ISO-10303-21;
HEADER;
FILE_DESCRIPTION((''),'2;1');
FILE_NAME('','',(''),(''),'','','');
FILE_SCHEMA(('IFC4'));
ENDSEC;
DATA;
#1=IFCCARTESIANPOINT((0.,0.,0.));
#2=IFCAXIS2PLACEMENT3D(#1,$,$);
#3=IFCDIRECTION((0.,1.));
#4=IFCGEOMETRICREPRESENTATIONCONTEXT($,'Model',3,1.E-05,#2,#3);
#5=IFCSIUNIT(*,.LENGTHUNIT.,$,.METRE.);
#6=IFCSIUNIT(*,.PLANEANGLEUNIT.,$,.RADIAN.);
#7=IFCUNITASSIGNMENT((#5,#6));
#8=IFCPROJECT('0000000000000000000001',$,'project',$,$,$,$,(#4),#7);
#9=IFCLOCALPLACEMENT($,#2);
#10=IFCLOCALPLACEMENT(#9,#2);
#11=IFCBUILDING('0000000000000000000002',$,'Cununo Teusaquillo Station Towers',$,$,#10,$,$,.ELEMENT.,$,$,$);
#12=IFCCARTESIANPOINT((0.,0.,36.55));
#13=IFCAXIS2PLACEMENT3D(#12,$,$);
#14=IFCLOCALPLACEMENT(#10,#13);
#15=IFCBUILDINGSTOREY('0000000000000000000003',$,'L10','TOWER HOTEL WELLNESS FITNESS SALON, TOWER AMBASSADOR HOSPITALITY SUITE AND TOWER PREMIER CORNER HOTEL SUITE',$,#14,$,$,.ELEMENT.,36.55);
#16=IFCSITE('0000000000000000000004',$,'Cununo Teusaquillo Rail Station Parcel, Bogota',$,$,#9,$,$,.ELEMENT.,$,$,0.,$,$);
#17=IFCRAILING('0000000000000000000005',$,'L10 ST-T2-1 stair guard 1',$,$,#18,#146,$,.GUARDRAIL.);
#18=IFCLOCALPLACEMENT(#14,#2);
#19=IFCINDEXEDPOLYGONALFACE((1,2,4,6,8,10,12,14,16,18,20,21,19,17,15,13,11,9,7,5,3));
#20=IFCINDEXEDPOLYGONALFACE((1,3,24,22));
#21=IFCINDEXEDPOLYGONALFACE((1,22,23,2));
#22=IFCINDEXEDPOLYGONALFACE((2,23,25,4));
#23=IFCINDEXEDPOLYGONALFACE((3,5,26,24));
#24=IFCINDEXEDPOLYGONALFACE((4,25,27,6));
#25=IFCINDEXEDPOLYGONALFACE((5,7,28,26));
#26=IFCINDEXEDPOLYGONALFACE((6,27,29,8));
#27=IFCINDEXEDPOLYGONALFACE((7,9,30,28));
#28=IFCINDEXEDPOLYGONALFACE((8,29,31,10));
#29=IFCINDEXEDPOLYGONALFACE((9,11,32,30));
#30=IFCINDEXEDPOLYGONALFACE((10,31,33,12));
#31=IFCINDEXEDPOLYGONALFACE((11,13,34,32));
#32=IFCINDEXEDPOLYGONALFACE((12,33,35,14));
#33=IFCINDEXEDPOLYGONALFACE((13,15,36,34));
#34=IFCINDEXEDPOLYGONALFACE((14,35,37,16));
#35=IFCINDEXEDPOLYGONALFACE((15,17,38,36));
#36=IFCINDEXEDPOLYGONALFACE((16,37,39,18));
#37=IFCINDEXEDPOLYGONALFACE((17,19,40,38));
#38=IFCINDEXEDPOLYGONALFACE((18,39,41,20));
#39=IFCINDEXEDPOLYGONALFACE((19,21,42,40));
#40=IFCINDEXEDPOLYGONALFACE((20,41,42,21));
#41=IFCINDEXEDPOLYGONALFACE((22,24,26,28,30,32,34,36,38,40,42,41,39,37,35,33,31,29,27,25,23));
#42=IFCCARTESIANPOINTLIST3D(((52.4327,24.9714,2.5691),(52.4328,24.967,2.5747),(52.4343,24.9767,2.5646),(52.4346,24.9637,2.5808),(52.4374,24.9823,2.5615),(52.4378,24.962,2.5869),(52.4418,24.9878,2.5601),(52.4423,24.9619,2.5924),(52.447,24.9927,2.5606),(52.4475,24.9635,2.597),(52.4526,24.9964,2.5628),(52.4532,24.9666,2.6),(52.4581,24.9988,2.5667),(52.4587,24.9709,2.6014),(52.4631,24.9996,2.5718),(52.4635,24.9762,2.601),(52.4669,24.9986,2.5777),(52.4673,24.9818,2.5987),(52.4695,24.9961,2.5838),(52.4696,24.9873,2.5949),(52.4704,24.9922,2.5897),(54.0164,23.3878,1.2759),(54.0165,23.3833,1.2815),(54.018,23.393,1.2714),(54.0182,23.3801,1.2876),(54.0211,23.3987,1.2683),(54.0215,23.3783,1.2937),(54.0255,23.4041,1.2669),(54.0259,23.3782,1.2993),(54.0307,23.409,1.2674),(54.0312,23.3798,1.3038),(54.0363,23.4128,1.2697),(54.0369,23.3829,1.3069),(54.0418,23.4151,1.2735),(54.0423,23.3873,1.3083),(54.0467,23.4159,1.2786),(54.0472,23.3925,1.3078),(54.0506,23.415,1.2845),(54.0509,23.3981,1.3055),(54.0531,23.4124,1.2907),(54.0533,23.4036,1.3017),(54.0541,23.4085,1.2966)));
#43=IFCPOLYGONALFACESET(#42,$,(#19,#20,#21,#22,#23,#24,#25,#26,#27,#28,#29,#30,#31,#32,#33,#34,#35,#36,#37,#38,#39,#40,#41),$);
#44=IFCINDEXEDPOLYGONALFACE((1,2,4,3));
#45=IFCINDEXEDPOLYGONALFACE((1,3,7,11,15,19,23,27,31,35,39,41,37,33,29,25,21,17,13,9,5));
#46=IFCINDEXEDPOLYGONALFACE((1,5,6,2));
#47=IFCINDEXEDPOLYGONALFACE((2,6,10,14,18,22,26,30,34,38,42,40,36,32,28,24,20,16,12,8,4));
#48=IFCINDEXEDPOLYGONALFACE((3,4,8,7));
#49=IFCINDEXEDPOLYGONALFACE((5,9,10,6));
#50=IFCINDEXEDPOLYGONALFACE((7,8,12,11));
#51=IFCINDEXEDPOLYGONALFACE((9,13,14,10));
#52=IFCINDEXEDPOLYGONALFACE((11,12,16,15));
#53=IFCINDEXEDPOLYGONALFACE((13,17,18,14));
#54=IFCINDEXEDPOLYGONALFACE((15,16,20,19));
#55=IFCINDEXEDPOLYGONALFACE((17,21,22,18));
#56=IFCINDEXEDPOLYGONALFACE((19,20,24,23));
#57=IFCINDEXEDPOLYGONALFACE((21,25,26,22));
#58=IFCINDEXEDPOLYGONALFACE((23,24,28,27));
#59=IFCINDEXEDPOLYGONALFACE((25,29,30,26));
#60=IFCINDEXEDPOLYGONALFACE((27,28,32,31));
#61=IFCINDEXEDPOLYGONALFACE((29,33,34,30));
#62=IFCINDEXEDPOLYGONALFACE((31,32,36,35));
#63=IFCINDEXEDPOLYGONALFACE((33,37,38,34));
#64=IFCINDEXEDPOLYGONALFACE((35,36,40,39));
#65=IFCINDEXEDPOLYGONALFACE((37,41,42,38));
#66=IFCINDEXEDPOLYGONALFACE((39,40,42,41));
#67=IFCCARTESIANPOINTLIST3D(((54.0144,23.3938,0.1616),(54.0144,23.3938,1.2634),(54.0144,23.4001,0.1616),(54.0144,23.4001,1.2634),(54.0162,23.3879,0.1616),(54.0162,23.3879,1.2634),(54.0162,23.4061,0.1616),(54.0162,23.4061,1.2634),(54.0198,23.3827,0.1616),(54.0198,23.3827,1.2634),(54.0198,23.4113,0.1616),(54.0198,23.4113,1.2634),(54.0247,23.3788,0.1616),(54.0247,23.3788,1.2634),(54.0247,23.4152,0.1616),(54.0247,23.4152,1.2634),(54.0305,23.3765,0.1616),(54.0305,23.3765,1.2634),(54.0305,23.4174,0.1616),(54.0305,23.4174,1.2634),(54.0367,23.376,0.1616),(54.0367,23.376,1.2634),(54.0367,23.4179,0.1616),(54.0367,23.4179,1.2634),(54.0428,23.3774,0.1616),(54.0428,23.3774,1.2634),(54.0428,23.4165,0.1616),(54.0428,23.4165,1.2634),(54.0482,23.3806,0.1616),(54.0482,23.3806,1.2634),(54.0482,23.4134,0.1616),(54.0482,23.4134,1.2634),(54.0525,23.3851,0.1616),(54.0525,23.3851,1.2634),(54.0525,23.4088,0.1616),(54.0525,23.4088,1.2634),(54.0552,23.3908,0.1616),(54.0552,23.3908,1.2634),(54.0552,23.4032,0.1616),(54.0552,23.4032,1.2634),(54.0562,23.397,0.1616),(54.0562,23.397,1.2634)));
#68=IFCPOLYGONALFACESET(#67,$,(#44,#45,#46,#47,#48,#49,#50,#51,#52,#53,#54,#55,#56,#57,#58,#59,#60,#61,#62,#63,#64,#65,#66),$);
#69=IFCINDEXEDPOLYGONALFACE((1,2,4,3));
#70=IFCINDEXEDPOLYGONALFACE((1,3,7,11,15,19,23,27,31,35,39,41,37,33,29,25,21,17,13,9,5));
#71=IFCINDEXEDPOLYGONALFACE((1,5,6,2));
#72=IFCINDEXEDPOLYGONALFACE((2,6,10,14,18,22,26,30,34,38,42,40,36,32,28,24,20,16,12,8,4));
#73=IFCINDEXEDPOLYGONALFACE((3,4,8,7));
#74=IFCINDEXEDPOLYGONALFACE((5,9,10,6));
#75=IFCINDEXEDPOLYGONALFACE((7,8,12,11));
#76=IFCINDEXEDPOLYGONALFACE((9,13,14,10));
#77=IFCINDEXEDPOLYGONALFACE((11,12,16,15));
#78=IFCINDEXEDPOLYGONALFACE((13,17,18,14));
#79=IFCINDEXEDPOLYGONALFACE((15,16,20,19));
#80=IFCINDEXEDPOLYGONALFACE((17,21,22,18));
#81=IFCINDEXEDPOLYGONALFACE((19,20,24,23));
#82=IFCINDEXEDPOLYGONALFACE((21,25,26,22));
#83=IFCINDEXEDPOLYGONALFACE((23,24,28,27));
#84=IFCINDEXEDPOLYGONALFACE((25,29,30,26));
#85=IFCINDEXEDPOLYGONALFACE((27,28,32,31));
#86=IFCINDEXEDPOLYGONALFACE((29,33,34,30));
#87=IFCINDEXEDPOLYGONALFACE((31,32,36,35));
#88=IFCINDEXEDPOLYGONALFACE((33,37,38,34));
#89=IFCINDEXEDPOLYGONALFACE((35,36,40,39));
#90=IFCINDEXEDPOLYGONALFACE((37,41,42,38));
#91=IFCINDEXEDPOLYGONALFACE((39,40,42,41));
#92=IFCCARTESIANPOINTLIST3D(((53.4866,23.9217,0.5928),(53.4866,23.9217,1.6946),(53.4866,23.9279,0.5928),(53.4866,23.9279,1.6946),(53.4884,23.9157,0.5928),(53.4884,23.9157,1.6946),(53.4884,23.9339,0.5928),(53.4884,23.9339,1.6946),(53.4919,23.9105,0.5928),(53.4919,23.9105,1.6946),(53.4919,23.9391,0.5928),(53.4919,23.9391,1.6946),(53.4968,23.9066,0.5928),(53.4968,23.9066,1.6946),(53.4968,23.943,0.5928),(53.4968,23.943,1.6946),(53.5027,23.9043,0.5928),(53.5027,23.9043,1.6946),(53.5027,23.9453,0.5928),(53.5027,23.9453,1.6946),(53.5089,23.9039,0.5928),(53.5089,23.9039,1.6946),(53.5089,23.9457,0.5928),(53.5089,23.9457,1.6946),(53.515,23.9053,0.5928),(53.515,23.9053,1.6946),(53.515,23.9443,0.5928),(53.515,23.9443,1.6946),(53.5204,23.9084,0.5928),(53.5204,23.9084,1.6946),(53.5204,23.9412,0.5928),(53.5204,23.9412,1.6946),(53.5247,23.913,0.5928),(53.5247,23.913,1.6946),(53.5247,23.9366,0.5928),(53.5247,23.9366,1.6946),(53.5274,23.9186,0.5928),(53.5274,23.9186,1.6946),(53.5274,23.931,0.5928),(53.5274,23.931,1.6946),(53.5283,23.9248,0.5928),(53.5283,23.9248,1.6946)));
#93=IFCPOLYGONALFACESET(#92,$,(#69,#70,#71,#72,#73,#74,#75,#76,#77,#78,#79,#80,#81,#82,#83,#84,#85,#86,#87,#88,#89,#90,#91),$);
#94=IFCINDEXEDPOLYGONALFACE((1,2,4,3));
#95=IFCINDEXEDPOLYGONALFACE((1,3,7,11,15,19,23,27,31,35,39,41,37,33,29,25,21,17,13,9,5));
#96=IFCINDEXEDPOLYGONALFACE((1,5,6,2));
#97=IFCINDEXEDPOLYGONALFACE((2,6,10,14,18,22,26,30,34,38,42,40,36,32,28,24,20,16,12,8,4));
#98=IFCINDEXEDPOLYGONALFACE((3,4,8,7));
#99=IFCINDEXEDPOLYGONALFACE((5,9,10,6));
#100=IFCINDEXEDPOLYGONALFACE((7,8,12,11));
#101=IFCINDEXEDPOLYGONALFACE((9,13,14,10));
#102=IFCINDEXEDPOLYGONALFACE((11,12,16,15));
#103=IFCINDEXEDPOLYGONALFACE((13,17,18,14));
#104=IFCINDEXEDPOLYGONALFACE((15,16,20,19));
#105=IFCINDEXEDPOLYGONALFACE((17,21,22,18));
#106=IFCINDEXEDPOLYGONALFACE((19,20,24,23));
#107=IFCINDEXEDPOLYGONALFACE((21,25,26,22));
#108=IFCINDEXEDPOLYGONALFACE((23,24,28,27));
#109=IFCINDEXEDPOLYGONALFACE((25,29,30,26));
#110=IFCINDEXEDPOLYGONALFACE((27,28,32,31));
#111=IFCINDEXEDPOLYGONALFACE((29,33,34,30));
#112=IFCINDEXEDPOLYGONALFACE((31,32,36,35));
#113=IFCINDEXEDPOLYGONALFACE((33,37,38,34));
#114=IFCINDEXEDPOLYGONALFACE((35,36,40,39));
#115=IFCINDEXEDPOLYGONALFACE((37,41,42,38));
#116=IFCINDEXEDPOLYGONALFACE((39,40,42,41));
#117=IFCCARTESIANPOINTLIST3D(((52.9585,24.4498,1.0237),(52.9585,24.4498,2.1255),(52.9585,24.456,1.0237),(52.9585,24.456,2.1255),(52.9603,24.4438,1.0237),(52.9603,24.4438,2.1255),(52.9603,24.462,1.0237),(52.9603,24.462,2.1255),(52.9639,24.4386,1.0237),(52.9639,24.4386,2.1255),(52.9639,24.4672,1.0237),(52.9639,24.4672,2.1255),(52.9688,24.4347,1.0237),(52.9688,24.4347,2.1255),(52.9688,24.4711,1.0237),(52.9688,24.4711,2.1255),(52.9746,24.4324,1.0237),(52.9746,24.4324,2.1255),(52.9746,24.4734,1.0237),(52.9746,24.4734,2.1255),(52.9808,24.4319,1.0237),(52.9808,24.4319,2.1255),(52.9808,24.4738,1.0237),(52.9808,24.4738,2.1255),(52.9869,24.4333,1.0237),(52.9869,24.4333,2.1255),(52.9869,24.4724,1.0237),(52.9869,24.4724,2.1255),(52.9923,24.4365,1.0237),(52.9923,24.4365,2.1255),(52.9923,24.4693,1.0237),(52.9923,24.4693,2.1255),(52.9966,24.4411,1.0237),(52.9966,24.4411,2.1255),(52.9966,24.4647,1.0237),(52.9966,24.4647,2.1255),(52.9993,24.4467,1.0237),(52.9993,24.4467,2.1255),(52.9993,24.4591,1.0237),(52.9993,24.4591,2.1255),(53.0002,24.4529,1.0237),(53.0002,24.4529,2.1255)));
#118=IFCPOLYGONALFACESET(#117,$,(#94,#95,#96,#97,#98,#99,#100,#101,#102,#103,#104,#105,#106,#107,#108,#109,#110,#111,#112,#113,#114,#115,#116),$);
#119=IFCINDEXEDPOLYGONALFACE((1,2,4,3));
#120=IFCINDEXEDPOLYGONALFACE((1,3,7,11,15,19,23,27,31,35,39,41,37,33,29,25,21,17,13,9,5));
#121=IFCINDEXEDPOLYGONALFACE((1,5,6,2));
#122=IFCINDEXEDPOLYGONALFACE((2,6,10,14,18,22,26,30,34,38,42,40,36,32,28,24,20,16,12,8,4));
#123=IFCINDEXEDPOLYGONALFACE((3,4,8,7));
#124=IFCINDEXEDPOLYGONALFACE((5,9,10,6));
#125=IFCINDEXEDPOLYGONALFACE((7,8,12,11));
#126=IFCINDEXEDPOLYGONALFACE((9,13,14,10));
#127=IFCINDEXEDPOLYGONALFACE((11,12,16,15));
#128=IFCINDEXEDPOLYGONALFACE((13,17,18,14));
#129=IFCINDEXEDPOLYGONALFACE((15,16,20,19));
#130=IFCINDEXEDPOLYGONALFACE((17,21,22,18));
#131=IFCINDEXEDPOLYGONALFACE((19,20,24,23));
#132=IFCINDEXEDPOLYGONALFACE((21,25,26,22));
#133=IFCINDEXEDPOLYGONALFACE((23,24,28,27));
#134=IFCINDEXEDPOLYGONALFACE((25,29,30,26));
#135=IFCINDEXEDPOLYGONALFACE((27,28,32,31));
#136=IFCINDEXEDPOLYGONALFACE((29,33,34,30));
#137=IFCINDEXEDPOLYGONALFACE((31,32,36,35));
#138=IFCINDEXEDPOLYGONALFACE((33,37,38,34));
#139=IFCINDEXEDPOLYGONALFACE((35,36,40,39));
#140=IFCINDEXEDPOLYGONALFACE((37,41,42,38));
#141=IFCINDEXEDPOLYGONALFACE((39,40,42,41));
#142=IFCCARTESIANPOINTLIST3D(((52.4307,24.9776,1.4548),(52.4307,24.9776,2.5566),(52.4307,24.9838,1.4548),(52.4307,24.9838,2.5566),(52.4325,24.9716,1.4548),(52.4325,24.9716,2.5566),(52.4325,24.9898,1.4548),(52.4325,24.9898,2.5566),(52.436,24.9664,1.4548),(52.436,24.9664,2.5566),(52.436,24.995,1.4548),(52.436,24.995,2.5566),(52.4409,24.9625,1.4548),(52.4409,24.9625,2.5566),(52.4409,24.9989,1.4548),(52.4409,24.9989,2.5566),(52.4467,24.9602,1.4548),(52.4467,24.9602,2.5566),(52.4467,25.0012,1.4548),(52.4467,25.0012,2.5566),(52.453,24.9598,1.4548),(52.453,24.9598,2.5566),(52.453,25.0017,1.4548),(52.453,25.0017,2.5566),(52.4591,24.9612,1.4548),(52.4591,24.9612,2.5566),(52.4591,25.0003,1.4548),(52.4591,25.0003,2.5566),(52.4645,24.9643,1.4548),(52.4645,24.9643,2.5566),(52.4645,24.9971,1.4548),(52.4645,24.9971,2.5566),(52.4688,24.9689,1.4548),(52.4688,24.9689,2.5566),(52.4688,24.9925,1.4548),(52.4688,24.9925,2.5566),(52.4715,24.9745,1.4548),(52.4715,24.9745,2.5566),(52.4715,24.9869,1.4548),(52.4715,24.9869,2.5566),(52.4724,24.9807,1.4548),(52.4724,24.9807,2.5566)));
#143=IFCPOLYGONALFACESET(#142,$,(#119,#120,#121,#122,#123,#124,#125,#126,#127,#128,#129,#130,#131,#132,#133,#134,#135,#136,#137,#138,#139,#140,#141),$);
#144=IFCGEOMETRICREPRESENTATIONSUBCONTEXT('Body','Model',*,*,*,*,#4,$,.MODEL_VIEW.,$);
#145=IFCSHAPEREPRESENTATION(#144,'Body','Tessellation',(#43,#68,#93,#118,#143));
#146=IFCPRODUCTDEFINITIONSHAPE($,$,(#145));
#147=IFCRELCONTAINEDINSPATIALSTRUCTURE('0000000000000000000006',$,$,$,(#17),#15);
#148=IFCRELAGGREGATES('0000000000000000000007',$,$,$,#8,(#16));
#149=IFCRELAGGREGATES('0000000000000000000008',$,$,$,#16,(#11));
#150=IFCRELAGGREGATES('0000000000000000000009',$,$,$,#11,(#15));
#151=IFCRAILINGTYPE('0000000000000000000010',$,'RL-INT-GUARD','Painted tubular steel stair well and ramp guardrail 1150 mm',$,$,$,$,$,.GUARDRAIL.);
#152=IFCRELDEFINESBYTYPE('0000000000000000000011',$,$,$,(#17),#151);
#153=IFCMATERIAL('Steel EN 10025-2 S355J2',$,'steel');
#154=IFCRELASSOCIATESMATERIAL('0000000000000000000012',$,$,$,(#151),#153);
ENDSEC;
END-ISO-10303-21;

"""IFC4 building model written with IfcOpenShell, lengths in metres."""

from ifc_helpers import new_model, si_unit, direction, frame, origin, origin_2d, place, context, subcontext, project, spatial, circle, extrude, material, type_object, element, save


model = new_model("IFC4")

# Units and contexts
model_context = context("Model", 3, precision=1e-05, world=origin(), true_north=direction((0.0, 1.0)))
body_context = subcontext(model_context, "Body", "Model", "MODEL_VIEW")
ifc_project = project(units=[si_unit("LENGTHUNIT", "METRE"), si_unit("PLANEANGLEUNIT", "RADIAN")], contexts=[model_context])

# Site, building, storey
site_placement = place(None, origin())
site = spatial("IfcSite", under=ifc_project, at=site_placement, Name="Cununo Teusaquillo Rail Station Parcel, Bogota", CompositionType="ELEMENT", RefElevation=0.0)
building_placement = place(site_placement, origin())
building = spatial("IfcBuilding", under=site, at=building_placement, Name="Cununo Teusaquillo Station Towers", CompositionType="ELEMENT")
storey_placement = place(building_placement, frame((0.0, 0.0, 36.55)))
storey = spatial("IfcBuildingStorey", under=building, at=storey_placement, Name="L10", Description="TOWER HOTEL WELLNESS FITNESS SALON, TOWER AMBASSADOR HOSPITALITY SUITE AND TOWER PREMIER CORNER HOTEL SUITE", CompositionType="ELEMENT", Elevation=36.55)

# Railing
ifc_material_1 = material(Name="Steel EN 10025-2 S355J2", Category="steel")
railing_type_1 = type_object("IfcRailingType", Name="RL-INT-GUARD", Description="Painted tubular steel stair well and ramp guardrail 1150 mm", PredefinedType="GUARDRAIL", material=ifc_material_1)
railing_1_placement = place(storey_placement, frame((54.0352, 23.397, 0.1616)))
element("IfcRailing", 1, at=railing_1_placement, inside=storey, type_object=railing_type_1, Name="L10 ST-T2-1 stair guard 1", PredefinedType="GUARDRAIL", context=body_context, shape_type="SweptSolid", body=[
    extrude(circle(Radius=0.0239, at=origin_2d()), frame((0.0, 0.0, 1.126), z_axis=(-0.612361, 0.612361, 0.500027), x_axis=(-0.707107, -0.707107, 0.0)), (0.0, 0.0, 1.0), 2.5862),
    extrude(circle(Radius=0.021, at=origin_2d()), origin(), (0.0, 0.0, 1.0), 1.1018),
    extrude(circle(Radius=0.021, at=origin_2d()), frame((-0.5278, 0.5278, 0.4312)), (0.0, 0.0, 1.0), 1.1018),
    extrude(circle(Radius=0.021, at=origin_2d()), frame((-1.0559, 1.0559, 0.8621)), (0.0, 0.0, 1.0), 1.1018),
    extrude(circle(Radius=0.021, at=origin_2d()), frame((-1.5837, 1.5837, 1.2932)), (0.0, 0.0, 1.0), 1.1018),
])

save(model, "model.ifc")
